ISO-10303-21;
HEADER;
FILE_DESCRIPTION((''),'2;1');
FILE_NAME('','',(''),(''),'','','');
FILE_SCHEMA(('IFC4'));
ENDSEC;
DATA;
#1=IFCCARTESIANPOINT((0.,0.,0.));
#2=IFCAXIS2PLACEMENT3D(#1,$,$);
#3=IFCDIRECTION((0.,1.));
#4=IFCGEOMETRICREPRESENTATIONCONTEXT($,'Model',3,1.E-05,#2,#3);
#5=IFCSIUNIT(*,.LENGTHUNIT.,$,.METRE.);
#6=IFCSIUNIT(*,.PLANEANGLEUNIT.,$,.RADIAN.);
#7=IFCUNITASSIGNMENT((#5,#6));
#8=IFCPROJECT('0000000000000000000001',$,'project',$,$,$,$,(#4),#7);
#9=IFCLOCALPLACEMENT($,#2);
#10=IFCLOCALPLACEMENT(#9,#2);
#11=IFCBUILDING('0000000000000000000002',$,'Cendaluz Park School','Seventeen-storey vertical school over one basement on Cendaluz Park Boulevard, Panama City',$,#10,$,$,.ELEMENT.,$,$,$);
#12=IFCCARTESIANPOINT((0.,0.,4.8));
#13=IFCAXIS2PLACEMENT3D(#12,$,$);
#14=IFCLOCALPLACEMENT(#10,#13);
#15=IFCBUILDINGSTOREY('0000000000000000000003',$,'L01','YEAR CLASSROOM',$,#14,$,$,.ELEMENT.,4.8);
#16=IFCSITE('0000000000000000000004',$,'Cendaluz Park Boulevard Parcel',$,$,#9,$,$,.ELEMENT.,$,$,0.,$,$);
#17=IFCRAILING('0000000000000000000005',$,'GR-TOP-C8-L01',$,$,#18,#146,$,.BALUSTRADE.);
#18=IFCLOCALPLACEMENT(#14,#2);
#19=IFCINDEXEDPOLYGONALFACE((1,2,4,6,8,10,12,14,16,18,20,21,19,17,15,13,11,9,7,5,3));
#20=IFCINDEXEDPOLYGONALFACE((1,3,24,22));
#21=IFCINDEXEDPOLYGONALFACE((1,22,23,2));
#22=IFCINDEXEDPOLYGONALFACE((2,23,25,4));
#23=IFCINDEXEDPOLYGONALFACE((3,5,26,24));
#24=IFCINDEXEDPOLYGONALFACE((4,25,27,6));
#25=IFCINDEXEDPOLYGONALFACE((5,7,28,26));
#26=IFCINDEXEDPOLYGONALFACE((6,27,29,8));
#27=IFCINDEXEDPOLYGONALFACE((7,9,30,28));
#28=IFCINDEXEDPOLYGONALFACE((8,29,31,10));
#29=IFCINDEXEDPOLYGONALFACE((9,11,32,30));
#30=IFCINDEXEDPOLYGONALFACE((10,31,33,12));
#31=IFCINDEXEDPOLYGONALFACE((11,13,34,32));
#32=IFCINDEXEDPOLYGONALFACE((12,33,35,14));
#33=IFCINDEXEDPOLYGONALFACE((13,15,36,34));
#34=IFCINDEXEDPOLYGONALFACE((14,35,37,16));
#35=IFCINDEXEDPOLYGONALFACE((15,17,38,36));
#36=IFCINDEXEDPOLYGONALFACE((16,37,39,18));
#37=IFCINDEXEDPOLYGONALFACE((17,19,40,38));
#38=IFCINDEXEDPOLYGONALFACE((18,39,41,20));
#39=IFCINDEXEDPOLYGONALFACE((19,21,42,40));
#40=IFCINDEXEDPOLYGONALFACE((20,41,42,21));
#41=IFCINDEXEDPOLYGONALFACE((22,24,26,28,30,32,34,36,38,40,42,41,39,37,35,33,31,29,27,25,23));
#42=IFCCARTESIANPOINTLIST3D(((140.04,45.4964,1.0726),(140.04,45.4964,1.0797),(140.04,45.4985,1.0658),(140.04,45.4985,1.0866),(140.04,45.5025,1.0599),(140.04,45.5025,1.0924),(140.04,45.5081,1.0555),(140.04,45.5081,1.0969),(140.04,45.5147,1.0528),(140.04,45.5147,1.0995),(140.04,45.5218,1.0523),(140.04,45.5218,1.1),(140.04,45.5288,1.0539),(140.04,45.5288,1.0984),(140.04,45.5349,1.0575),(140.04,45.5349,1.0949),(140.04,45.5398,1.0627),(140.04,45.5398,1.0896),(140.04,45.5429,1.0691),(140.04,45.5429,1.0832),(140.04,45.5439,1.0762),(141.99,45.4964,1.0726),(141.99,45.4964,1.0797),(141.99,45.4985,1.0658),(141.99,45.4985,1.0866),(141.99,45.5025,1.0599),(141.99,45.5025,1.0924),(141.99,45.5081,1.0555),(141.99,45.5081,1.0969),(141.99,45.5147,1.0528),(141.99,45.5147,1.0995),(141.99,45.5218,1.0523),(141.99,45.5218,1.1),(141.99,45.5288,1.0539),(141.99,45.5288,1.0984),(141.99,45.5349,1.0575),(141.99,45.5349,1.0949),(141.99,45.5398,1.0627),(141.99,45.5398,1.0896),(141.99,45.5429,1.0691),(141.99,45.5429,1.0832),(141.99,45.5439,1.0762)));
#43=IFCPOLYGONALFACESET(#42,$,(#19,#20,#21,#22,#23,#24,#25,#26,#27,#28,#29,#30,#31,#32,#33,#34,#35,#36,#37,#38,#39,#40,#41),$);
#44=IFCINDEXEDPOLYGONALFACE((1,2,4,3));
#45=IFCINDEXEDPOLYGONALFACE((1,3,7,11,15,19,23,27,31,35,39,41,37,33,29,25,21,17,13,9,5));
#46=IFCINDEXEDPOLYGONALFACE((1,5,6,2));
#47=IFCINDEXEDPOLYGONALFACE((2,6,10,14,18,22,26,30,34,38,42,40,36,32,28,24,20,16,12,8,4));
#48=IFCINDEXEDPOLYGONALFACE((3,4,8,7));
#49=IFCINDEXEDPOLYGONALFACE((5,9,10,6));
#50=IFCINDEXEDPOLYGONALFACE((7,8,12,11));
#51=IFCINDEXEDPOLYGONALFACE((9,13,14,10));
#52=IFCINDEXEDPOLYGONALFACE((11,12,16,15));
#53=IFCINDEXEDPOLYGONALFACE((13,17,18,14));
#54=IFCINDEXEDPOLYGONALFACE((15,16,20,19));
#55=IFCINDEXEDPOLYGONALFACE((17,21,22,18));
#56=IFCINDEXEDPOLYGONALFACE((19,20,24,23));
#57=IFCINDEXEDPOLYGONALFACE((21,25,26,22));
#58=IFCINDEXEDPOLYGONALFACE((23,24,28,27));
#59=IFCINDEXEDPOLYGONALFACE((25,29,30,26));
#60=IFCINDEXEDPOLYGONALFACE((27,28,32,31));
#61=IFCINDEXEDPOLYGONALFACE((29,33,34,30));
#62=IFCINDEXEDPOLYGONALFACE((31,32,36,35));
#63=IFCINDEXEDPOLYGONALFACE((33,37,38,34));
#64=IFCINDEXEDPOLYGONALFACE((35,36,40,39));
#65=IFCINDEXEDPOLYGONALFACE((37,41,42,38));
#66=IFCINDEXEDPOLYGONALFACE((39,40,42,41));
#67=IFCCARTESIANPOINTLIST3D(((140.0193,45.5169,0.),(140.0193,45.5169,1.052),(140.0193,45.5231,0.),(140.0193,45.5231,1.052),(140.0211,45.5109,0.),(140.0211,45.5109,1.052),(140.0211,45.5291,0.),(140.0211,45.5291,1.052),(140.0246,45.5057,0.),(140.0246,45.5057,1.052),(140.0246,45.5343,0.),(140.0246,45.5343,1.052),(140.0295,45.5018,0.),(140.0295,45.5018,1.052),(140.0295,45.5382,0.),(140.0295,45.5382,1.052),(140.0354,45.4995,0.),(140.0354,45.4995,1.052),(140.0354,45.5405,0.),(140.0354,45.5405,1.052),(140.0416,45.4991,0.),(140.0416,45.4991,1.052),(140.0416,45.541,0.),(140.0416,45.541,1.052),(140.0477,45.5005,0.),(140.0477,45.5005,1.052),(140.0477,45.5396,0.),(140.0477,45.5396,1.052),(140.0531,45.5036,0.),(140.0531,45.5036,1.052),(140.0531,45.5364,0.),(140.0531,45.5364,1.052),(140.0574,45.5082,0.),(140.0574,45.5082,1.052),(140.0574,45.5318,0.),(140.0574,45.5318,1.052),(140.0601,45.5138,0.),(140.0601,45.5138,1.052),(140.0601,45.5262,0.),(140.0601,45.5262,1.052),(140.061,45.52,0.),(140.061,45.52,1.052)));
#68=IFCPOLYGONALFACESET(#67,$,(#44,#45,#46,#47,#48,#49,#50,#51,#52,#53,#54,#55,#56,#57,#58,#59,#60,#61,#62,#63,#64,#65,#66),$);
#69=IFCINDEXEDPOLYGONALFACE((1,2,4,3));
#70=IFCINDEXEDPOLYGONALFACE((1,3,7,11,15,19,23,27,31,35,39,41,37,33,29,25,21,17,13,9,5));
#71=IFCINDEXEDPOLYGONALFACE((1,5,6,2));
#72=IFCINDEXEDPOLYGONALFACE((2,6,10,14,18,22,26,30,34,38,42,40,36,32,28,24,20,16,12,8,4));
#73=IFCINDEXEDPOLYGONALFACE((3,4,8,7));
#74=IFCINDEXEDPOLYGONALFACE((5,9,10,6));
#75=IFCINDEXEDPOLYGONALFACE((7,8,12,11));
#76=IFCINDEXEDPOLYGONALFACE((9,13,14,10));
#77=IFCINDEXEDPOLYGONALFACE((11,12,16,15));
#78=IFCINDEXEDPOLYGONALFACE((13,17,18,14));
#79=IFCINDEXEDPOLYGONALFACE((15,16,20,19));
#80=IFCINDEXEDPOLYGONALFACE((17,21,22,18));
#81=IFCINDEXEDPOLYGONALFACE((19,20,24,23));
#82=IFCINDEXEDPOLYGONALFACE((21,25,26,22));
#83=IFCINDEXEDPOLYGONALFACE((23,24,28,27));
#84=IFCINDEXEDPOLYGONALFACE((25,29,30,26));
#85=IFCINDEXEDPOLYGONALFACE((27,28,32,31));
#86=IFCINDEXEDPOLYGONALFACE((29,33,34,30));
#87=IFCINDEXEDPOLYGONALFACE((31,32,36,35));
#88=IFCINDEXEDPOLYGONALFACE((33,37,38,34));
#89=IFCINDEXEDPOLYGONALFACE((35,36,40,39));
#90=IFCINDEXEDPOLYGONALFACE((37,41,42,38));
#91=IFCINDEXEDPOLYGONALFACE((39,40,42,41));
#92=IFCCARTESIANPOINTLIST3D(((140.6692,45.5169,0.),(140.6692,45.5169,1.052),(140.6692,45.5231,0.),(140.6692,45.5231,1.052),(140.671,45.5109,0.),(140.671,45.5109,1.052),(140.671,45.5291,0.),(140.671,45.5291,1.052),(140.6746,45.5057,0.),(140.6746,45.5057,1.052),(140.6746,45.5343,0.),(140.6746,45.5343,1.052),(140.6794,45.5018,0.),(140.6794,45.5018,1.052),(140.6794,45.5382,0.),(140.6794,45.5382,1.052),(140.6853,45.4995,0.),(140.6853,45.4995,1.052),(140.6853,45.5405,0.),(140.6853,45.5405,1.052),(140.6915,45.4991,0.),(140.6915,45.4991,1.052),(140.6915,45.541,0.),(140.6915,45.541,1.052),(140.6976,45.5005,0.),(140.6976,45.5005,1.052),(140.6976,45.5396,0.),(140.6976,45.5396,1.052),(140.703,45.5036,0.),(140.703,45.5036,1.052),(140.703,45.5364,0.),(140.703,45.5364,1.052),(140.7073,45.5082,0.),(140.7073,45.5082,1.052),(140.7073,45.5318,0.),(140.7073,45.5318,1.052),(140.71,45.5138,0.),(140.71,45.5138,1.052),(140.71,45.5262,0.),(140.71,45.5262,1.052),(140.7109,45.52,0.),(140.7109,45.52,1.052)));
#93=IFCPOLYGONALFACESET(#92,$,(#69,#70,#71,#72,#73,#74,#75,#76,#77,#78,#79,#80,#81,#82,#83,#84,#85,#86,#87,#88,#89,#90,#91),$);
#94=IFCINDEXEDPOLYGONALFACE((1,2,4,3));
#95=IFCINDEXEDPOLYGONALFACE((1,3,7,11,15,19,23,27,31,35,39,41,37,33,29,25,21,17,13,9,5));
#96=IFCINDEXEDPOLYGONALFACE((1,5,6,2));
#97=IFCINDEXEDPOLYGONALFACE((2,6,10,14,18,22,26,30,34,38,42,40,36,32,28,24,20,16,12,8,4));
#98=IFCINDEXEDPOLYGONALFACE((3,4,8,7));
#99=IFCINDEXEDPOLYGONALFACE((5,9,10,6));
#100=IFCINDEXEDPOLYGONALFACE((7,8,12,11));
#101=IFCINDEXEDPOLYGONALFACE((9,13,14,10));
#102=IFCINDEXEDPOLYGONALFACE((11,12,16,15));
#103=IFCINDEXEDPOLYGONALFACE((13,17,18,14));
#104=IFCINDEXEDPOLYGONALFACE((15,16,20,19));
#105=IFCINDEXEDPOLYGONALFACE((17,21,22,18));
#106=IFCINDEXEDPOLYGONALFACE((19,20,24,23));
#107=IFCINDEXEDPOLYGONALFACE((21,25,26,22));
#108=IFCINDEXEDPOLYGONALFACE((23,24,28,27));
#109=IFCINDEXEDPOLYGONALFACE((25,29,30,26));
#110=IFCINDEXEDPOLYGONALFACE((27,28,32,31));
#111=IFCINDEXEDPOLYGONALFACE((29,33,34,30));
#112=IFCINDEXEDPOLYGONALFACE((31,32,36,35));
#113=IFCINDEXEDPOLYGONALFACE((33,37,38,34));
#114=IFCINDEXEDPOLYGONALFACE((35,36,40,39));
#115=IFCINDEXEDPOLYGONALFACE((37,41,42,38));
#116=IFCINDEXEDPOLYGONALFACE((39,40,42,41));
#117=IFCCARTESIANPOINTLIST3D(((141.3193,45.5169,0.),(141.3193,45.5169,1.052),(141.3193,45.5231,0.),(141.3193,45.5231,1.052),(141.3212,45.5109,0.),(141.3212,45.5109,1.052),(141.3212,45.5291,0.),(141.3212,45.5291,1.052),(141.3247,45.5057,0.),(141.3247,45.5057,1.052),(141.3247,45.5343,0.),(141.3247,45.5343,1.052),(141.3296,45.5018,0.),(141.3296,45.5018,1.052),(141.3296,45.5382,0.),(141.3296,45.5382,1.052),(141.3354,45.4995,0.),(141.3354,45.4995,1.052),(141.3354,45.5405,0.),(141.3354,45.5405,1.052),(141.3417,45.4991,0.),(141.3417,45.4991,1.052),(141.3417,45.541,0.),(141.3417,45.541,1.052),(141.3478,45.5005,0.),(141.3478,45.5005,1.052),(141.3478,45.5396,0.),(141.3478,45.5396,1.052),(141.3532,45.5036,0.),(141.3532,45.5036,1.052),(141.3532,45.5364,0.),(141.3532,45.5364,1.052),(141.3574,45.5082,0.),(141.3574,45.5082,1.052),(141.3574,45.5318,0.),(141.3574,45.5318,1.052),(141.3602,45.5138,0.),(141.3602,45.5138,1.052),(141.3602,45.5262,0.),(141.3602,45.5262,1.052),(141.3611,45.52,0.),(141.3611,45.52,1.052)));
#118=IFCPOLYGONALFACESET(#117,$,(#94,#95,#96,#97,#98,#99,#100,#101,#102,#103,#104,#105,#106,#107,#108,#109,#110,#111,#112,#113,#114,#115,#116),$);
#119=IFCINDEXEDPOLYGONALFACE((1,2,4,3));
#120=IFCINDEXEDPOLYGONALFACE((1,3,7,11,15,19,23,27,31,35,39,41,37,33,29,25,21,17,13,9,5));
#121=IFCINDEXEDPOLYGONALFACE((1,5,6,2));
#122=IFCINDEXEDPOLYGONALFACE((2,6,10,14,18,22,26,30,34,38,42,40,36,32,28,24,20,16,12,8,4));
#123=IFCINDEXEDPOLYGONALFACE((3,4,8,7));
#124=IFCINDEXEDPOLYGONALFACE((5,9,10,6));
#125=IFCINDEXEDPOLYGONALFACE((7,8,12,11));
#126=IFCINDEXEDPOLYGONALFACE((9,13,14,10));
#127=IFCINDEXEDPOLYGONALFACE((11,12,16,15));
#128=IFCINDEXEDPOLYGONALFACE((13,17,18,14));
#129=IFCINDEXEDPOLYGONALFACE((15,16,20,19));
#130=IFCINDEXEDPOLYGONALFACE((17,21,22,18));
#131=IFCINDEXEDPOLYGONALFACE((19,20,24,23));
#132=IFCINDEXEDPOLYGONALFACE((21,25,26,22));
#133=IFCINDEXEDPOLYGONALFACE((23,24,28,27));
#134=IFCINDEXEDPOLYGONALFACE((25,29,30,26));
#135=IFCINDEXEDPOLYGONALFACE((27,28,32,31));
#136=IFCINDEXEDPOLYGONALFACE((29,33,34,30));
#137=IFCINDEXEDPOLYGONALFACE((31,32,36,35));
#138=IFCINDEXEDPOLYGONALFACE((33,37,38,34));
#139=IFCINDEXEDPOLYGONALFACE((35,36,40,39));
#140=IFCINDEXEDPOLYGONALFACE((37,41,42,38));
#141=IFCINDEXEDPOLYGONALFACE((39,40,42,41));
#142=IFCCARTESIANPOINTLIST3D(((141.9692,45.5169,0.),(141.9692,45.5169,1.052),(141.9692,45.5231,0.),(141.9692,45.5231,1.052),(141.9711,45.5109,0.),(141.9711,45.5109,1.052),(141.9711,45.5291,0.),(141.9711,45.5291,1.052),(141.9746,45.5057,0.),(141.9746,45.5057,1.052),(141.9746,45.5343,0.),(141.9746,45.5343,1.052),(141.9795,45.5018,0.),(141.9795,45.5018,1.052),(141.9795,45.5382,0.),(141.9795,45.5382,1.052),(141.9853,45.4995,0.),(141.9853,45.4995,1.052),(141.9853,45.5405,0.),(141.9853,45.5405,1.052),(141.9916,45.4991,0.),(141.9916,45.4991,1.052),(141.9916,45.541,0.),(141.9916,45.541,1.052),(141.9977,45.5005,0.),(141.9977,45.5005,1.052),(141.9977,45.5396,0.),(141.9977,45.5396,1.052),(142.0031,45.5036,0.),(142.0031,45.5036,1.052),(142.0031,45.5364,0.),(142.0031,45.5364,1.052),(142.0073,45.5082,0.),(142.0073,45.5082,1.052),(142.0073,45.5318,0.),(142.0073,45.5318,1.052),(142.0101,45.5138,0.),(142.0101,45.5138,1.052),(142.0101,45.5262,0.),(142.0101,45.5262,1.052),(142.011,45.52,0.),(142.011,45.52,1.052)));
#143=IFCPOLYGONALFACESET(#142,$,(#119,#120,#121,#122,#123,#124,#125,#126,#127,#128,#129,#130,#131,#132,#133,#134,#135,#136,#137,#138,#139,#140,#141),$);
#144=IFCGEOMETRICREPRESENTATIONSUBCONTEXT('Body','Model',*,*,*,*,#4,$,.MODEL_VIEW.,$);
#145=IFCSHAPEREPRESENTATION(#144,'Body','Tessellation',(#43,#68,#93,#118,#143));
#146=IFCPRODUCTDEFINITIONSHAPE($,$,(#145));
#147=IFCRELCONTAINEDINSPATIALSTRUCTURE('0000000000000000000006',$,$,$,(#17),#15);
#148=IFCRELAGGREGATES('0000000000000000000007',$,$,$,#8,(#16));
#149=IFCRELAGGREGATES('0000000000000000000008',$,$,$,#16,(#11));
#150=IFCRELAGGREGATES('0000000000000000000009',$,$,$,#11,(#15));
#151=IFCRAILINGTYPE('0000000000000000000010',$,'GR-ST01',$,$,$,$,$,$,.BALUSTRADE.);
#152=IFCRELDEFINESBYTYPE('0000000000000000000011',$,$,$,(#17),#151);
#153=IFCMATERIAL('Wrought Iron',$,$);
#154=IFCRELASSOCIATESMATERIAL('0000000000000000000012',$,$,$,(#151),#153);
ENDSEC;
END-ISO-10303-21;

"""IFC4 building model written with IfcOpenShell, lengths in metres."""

from ifc_helpers import new_model, si_unit, direction, frame, origin, origin_2d, place, context, subcontext, project, spatial, circle, extrude, material, type_object, element, save


model = new_model("IFC4")

# Units and contexts
model_context = context("Model", 3, precision=1e-05, world=origin(), true_north=direction((0.0, 1.0)))
body_context = subcontext(model_context, "Body", "Model", "MODEL_VIEW")
ifc_project = project(units=[si_unit("LENGTHUNIT", "METRE"), si_unit("PLANEANGLEUNIT", "RADIAN")], contexts=[model_context])

# Site, building, storey
site_placement = place(None, origin())
site = spatial("IfcSite", under=ifc_project, at=site_placement, Name="Cendaluz Park Boulevard Parcel", CompositionType="ELEMENT", RefElevation=0.0)
building_placement = place(site_placement, origin())
building = spatial("IfcBuilding", under=site, at=building_placement, Name="Cendaluz Park School", Description="Seventeen-storey vertical school over one basement on Cendaluz Park Boulevard, Panama City", CompositionType="ELEMENT")
storey_placement = place(building_placement, frame((0.0, 0.0, 4.8)))
storey = spatial("IfcBuildingStorey", under=building, at=storey_placement, Name="L01", Description="YEAR CLASSROOM", CompositionType="ELEMENT", Elevation=4.8)

# Railing
ifc_material_1 = material(Name="Wrought Iron")
railing_type = type_object("IfcRailingType", Name="GR-ST01", PredefinedType="BALUSTRADE", material=ifc_material_1)
railing_placement = place(storey_placement, frame((140.04, 45.52, 0.0)))
element("IfcRailing", 1, at=railing_placement, inside=storey, type_object=railing_type, Name="GR-TOP-C8-L01", PredefinedType="BALUSTRADE", context=body_context, shape_type="SweptSolid", body=[
    extrude(circle(Radius=0.0239, at=origin_2d()), frame((0.0, 0.0, 1.0762), z_axis=(1.0, 0.0, 0.0), x_axis=(0.0, 1.0, 0.0)), (0.0, 0.0, 1.0), 1.95),
    extrude(circle(Radius=0.021, at=origin_2d()), origin(), (0.0, 0.0, 1.0), 1.052),
    extrude(circle(Radius=0.021, at=origin_2d()), frame((0.6499, 0.0, 0.0)), (0.0, 0.0, 1.0), 1.052),
    extrude(circle(Radius=0.021, at=origin_2d()), frame((1.3, 0.0, 0.0)), (0.0, 0.0, 1.0), 1.052),
    extrude(circle(Radius=0.021, at=origin_2d()), frame((1.95, 0.0, 0.0)), (0.0, 0.0, 1.0), 1.052),
])

save(model, "model.ifc")
